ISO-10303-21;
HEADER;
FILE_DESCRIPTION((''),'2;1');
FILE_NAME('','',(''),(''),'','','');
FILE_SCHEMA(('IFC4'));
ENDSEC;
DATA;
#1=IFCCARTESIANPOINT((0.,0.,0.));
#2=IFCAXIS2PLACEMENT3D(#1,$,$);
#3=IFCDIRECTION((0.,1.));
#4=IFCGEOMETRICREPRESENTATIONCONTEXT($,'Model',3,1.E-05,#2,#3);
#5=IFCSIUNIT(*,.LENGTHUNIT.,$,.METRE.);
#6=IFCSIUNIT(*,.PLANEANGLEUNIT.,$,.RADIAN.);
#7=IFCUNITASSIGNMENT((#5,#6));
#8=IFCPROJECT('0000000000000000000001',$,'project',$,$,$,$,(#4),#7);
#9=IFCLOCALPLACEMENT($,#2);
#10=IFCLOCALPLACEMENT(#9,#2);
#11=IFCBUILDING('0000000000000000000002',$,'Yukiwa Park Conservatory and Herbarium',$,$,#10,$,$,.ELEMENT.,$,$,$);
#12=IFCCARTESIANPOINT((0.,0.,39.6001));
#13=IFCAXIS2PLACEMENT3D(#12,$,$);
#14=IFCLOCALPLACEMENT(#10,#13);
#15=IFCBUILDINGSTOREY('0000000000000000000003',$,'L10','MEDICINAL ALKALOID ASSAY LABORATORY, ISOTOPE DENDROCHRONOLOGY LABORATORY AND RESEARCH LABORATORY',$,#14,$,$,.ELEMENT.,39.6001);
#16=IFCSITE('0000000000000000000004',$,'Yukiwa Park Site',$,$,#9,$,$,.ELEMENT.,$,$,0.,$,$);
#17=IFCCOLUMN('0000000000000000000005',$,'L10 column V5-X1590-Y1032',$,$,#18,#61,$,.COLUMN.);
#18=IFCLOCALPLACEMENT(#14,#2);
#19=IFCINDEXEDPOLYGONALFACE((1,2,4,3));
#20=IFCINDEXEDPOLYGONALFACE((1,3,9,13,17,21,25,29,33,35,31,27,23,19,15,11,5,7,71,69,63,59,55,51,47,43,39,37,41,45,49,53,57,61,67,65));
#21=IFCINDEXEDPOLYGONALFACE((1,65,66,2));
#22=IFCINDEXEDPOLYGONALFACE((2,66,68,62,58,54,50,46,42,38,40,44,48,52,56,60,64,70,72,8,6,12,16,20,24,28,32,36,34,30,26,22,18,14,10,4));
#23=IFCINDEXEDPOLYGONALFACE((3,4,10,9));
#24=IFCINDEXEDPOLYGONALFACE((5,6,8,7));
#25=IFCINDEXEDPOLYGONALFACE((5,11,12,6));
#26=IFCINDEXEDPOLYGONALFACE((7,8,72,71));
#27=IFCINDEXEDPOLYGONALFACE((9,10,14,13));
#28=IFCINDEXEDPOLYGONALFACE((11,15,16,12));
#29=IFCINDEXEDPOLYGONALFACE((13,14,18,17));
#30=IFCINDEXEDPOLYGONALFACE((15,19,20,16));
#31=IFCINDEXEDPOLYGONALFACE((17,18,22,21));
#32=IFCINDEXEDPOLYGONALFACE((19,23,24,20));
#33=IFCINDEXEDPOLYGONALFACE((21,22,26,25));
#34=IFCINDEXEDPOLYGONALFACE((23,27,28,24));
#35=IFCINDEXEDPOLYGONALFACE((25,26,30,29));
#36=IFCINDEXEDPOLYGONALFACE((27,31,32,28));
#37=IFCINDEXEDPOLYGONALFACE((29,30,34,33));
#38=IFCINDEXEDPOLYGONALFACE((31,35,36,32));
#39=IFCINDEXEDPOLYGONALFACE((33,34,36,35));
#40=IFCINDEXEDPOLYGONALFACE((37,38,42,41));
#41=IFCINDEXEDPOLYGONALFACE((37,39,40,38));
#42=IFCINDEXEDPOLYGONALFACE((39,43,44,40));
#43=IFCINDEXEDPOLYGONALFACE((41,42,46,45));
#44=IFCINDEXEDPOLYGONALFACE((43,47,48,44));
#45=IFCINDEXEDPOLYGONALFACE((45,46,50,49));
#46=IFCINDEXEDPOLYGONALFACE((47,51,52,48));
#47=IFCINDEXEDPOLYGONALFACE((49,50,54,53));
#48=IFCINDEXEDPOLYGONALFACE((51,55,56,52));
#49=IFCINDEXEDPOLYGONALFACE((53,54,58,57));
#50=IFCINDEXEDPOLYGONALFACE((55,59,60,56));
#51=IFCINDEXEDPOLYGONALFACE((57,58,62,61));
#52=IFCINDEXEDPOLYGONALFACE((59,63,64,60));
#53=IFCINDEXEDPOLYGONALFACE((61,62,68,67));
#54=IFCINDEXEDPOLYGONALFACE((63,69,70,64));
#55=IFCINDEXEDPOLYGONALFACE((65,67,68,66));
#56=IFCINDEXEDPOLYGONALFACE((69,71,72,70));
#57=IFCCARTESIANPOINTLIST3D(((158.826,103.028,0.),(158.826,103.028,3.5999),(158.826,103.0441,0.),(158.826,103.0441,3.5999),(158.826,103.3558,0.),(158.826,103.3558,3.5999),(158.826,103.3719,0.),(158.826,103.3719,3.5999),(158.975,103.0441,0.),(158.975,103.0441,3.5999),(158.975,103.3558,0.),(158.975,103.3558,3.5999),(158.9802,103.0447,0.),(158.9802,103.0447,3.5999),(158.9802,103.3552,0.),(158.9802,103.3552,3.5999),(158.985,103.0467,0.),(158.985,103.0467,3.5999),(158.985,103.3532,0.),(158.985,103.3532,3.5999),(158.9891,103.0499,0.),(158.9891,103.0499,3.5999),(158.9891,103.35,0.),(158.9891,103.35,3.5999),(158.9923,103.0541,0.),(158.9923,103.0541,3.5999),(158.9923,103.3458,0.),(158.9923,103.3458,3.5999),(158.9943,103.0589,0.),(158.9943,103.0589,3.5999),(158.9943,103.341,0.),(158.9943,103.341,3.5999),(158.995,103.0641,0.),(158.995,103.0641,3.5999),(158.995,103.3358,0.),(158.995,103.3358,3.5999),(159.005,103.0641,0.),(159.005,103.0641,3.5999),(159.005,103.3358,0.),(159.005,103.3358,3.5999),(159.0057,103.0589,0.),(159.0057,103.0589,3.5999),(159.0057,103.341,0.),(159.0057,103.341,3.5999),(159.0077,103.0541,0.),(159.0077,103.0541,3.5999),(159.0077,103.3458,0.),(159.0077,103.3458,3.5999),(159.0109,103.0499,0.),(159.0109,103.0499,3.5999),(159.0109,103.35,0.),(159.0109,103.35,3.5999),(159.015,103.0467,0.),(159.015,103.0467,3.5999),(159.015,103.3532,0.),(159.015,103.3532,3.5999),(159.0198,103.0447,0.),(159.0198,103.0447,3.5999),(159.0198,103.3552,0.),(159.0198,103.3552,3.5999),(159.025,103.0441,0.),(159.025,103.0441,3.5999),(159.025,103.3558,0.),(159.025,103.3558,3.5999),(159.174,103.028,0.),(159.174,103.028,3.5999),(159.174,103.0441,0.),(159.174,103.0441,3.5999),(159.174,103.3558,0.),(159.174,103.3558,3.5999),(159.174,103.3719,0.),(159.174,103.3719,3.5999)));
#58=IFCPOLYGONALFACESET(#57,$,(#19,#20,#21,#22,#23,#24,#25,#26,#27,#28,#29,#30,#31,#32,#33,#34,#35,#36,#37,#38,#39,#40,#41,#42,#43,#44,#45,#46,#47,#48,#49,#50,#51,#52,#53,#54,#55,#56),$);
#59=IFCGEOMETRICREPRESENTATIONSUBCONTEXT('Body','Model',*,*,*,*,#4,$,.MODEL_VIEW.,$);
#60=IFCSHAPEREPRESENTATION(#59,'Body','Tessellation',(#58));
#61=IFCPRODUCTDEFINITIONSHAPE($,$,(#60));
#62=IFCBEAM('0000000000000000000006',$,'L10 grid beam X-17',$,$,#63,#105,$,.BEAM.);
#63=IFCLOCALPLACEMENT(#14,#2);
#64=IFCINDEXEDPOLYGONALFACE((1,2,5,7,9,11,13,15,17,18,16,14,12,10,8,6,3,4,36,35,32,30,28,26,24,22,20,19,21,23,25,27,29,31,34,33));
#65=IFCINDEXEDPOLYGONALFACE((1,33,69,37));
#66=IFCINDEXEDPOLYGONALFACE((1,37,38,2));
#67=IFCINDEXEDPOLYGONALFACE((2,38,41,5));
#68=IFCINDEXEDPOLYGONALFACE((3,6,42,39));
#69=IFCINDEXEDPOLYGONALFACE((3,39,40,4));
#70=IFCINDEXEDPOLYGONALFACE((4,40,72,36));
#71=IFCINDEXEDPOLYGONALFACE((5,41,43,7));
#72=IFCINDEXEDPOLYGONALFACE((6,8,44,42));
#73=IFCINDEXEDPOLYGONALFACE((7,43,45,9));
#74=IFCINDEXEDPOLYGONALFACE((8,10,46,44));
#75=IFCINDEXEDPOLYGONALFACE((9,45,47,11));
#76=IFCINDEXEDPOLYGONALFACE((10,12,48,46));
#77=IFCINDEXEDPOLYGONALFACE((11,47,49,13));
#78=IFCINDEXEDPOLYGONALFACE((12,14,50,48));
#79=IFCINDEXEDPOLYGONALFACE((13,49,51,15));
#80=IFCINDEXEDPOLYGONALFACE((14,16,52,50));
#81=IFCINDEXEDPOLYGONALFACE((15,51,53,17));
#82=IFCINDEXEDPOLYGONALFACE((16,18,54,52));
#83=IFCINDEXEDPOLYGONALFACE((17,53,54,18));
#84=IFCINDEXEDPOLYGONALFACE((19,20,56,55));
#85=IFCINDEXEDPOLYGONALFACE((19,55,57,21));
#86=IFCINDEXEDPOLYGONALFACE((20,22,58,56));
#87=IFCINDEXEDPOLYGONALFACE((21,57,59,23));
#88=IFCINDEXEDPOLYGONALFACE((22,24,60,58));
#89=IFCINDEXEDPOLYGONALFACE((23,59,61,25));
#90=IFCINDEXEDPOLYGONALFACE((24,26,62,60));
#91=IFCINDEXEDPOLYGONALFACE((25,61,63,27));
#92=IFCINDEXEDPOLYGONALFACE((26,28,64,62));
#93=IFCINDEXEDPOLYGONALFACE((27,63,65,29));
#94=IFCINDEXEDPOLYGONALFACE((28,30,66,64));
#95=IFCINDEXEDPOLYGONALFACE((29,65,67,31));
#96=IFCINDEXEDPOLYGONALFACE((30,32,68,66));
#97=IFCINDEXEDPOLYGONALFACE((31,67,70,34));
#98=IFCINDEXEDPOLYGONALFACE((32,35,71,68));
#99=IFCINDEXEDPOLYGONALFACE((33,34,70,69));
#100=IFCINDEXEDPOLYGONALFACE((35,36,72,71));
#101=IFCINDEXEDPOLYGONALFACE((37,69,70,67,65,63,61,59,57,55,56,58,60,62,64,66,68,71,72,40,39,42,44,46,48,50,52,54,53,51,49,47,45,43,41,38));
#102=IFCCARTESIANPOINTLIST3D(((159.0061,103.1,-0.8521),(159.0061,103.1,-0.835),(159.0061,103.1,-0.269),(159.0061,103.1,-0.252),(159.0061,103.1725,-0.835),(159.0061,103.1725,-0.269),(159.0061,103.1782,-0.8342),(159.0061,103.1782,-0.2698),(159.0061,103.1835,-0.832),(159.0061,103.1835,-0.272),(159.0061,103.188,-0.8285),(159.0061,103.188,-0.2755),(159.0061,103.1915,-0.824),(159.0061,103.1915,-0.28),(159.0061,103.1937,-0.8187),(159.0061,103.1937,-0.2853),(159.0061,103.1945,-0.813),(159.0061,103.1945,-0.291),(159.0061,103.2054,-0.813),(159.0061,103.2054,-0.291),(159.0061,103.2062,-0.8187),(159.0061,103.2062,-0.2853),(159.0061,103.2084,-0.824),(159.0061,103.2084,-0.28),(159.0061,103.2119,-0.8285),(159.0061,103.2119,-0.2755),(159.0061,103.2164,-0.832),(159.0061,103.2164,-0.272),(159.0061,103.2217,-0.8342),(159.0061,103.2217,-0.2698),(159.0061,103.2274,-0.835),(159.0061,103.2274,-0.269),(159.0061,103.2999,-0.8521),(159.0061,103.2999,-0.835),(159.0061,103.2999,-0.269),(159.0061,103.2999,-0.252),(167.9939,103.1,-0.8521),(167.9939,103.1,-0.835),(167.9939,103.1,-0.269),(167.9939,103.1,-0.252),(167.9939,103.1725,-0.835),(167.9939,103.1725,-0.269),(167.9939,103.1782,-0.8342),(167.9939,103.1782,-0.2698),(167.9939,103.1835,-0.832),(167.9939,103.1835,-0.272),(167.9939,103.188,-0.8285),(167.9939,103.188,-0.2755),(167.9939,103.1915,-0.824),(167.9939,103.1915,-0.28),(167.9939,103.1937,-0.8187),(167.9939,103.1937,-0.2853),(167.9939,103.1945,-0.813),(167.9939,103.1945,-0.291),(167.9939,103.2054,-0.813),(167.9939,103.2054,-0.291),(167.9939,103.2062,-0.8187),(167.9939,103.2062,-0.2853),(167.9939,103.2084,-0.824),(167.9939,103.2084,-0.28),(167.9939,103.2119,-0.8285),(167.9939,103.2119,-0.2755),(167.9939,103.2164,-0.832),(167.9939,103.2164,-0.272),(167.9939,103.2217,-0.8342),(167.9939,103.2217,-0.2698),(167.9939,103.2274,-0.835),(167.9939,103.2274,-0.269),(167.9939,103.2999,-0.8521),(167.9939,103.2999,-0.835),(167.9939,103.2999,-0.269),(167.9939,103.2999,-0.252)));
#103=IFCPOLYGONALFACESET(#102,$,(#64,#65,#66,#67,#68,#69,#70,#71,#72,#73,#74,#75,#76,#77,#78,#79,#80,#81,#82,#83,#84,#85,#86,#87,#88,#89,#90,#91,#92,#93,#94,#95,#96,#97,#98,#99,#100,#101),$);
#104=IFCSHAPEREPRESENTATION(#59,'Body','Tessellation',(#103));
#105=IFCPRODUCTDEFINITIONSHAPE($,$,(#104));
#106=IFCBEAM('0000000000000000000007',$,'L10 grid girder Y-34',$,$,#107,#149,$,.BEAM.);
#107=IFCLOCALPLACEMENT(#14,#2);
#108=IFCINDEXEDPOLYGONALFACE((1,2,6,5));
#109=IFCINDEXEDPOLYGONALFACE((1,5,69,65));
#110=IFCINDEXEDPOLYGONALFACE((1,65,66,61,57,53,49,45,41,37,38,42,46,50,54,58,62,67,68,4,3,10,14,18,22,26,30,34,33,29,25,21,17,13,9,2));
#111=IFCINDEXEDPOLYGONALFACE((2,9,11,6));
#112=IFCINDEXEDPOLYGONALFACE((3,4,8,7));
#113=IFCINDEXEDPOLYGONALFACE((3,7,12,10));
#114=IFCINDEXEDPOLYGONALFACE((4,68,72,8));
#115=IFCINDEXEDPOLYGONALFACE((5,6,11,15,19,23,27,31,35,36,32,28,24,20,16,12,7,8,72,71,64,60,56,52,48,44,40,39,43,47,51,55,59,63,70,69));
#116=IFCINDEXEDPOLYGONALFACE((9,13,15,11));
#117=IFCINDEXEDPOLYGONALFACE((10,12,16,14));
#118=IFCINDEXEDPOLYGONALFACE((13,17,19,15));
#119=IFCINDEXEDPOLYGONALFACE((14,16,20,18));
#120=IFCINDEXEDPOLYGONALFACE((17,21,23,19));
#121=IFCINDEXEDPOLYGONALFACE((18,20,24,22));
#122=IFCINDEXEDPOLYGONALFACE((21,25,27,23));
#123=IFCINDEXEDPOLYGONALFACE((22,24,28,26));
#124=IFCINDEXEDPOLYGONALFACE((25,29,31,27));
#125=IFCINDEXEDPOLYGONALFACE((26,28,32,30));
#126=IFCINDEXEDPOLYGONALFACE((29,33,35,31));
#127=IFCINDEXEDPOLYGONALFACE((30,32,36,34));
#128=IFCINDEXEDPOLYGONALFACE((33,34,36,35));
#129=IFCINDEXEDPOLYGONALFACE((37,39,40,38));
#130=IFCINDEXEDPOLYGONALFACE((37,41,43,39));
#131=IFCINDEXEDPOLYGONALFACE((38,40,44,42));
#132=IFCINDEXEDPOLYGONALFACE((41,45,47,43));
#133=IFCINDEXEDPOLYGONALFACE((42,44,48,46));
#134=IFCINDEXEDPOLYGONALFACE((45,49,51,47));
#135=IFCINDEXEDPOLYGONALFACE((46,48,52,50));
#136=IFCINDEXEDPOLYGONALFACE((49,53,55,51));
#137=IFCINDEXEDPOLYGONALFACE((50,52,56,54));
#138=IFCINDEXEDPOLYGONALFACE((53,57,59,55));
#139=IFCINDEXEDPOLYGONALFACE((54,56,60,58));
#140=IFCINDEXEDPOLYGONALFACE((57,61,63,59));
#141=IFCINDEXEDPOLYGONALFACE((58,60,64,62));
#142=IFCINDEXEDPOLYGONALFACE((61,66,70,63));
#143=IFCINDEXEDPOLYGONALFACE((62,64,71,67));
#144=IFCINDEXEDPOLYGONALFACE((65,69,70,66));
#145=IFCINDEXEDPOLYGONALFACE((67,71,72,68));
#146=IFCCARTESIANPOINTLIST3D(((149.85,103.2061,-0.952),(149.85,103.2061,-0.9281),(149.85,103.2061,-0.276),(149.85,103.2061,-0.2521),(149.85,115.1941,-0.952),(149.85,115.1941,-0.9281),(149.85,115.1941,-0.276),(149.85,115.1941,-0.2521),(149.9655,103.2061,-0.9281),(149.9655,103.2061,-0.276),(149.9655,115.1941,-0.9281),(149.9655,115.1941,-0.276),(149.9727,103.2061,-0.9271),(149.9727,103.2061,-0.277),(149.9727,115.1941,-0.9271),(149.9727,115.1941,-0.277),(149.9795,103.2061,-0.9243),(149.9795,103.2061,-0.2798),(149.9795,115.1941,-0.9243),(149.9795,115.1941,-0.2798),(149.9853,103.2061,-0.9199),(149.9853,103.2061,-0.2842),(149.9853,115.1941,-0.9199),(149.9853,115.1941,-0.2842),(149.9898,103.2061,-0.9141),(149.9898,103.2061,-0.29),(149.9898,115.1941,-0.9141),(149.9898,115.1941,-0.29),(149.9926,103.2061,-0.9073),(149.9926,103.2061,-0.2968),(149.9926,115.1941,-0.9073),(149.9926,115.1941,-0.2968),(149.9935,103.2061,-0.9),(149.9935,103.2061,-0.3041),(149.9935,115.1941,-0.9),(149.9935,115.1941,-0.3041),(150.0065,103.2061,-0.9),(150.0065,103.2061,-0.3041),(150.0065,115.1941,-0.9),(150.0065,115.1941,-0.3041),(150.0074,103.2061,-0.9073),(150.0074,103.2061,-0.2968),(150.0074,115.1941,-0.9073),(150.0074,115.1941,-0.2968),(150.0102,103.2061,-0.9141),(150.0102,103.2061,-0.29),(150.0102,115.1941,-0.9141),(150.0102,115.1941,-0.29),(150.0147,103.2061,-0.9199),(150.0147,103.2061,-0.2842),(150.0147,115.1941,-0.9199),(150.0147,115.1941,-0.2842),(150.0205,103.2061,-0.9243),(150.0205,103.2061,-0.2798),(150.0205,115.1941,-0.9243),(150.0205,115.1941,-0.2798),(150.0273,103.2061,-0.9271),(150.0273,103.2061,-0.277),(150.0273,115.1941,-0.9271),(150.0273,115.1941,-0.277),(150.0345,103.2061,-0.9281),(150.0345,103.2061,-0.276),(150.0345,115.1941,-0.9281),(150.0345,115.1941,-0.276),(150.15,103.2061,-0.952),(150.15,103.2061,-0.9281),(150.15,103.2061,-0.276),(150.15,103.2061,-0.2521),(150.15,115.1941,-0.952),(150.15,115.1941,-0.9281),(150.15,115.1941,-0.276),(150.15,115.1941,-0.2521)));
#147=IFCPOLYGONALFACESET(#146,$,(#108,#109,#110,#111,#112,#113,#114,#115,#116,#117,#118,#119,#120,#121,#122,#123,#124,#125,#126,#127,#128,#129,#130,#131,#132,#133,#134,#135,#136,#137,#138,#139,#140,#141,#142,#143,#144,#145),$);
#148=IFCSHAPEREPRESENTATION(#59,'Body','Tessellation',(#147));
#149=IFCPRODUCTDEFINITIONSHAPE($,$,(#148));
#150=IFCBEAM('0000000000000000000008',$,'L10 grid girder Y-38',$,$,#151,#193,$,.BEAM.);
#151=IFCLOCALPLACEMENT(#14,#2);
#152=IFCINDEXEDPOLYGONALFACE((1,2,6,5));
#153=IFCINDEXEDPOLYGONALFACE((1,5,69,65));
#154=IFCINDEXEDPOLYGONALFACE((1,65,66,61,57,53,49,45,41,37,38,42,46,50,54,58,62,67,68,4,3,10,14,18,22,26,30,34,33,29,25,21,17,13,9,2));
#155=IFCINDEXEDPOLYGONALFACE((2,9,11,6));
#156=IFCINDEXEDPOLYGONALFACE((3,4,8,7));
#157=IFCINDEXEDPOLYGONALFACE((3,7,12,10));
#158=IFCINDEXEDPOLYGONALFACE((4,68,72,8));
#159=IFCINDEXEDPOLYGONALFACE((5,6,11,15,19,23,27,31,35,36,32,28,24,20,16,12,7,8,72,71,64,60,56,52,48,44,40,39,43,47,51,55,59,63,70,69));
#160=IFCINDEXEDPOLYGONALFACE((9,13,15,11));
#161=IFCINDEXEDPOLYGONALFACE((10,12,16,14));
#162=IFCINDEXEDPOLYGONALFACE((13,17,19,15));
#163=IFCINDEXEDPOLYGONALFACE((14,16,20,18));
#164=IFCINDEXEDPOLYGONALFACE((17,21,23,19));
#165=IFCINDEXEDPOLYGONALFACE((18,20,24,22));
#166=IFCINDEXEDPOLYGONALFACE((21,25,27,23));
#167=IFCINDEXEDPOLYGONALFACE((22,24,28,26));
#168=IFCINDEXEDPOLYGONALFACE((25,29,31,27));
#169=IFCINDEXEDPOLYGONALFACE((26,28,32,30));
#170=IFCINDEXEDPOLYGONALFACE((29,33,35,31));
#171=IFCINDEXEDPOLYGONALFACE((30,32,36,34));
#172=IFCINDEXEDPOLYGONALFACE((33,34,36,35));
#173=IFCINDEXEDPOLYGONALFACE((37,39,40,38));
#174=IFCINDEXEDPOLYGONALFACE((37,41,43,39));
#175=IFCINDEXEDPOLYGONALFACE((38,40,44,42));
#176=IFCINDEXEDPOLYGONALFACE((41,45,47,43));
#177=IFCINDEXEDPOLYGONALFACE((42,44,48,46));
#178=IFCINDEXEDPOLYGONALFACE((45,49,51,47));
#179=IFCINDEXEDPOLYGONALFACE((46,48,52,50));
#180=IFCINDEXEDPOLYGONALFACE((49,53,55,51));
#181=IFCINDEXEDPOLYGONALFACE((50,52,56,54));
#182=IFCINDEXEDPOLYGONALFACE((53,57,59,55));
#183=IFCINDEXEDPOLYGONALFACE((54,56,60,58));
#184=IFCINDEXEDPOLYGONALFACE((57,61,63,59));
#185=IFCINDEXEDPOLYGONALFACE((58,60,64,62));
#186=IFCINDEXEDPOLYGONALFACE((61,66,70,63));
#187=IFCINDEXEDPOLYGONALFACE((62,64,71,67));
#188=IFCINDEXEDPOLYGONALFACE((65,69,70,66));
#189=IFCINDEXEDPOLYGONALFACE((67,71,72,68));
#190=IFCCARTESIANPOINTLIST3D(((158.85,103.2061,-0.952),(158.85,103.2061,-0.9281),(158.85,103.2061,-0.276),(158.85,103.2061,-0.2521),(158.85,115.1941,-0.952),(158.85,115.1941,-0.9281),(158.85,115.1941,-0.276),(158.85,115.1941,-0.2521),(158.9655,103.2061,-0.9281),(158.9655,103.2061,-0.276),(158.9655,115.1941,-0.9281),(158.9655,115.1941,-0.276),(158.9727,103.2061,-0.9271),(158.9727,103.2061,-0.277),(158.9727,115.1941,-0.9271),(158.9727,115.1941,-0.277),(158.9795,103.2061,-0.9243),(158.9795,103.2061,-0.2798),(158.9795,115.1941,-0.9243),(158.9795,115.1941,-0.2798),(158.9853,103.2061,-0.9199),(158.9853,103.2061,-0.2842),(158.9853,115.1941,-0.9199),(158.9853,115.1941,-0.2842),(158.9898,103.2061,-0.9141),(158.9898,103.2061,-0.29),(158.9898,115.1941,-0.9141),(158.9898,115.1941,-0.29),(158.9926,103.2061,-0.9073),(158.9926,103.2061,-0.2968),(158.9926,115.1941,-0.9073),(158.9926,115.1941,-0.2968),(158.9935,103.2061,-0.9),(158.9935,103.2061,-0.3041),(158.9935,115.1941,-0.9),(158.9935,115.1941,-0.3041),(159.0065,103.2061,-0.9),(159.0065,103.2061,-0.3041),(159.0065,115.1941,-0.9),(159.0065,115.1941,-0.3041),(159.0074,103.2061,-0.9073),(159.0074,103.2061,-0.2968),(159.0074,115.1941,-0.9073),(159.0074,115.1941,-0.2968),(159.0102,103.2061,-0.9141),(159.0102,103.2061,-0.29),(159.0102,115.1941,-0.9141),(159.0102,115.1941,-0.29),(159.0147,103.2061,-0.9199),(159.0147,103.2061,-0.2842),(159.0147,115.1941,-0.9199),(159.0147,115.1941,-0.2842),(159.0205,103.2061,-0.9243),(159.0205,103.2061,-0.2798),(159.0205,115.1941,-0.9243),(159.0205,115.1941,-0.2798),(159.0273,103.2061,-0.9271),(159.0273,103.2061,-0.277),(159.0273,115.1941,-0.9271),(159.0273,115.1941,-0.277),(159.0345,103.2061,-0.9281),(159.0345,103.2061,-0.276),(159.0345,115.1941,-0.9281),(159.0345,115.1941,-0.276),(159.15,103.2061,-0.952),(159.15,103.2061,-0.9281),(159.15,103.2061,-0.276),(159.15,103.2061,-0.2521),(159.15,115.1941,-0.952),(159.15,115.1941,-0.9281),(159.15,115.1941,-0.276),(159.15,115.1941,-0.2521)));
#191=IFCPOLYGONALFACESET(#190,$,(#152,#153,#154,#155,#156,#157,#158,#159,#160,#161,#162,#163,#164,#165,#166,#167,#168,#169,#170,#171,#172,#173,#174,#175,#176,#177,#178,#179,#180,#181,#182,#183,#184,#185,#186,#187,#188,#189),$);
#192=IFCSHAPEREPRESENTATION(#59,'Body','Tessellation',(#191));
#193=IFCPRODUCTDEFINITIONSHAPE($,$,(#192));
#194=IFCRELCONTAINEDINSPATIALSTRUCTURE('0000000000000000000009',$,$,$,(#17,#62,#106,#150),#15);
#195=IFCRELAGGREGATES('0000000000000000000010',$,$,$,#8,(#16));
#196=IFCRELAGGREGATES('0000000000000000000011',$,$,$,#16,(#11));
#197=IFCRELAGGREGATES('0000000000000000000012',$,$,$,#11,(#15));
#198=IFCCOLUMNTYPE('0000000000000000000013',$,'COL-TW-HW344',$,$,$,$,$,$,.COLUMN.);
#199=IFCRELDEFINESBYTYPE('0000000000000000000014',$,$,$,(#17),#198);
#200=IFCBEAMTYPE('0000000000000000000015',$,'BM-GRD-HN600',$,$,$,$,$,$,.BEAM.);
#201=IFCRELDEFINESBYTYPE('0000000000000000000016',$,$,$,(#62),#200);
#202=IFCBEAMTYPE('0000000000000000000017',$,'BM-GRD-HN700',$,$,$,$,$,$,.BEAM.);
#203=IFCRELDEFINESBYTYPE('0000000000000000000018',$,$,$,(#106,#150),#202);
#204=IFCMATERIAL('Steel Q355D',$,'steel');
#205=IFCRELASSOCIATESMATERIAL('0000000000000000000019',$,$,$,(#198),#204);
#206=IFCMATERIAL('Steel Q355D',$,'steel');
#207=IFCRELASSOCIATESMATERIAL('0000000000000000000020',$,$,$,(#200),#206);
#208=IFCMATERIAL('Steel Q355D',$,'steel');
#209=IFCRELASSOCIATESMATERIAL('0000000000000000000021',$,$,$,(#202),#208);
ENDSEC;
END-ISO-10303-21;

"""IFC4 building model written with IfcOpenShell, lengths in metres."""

from ifc_helpers import new_model, si_unit, direction, frame, origin, origin_2d, place, context, subcontext, project, spatial, i_section, extrude, material, material_profile, profile_set, type_object, element, save


model = new_model("IFC4")

# Units and contexts
model_context = context("Model", 3, precision=1e-05, world=origin(), true_north=direction((0.0, 1.0)))
body_context = subcontext(model_context, "Body", "Model", "MODEL_VIEW")
ifc_project = project(units=[si_unit("LENGTHUNIT", "METRE"), si_unit("PLANEANGLEUNIT", "RADIAN")], contexts=[model_context])

# Site, building, storey
site_placement = place(None, origin())
site = spatial("IfcSite", under=ifc_project, at=site_placement, Name="Yukiwa Park Site", CompositionType="ELEMENT", RefElevation=0.0)
building_placement = place(site_placement, origin())
building = spatial("IfcBuilding", under=site, at=building_placement, Name="Yukiwa Park Conservatory and Herbarium", CompositionType="ELEMENT")
storey_placement = place(building_placement, frame((0.0, 0.0, 39.6001)))
storey = spatial("IfcBuildingStorey", under=building, at=storey_placement, Name="L10", Description="MEDICINAL ALKALOID ASSAY LABORATORY, ISOTOPE DENDROCHRONOLOGY LABORATORY AND RESEARCH LABORATORY", CompositionType="ELEMENT", Elevation=39.6001)

# Column
ifc_material_1 = material(Name="Steel Q355D", Category="steel")
ifc_material_profile_1 = material_profile(ifc_material_1, i_section(OverallWidth=0.3479, OverallDepth=0.344, WebThickness=0.01, FlangeThickness=0.0161, FilletRadius=0.02, at=origin_2d()), Name="HW 344x348x10x16")
ifc_profile_set_1 = profile_set([ifc_material_profile_1], Name="Steel Q355D")
column_type_1 = type_object("IfcColumnType", Name="COL-TW-HW344", PredefinedType="COLUMN", material=ifc_profile_set_1)
for number, where, z_axis, x_axis, name in (
    (1, (159.0, 103.2, 0.0), (0.0, 0.0, 1.0), (1.0, 0.0, 0.0), "L10 column V5-X1590-Y1032"),
):
    element("IfcColumn", number, at=place(storey_placement, frame(where, z_axis=z_axis, x_axis=x_axis)), inside=storey, type_object=column_type_1, Name=name, PredefinedType="COLUMN", context=body_context, shape_type="SweptSolid", body=[
        extrude(i_section(OverallWidth=0.3479, OverallDepth=0.344, WebThickness=0.01, FlangeThickness=0.0161, FilletRadius=0.02, at=origin_2d()), origin(), (0.0, 0.0, 1.0), 3.5999),
    ])

# Beams
ifc_material_2 = material(Name="Steel Q355D", Category="steel")
ifc_material_profile_2 = material_profile(ifc_material_2, i_section(OverallWidth=0.2, OverallDepth=0.6001, WebThickness=0.011, FlangeThickness=0.0171, FilletRadius=0.022, at=origin_2d()), Name="HN 600x200x11x17")
ifc_profile_set_2 = profile_set([ifc_material_profile_2], Name="Steel Q355D")
beam_type_1 = type_object("IfcBeamType", Name="BM-GRD-HN600", PredefinedType="BEAM", material=ifc_profile_set_2)
beam_1_placement = place(storey_placement, frame((159.0061, 103.2, -0.552), z_axis=(1.0, 0.0, 0.0), x_axis=(0.0, 1.0, 0.0)))
element("IfcBeam", 2, at=beam_1_placement, inside=storey, type_object=beam_type_1, Name="L10 grid beam X-17", PredefinedType="BEAM", context=body_context, shape_type="SweptSolid", body=[
    extrude(i_section(OverallWidth=0.2, OverallDepth=0.6001, WebThickness=0.011, FlangeThickness=0.0171, FilletRadius=0.022, at=origin_2d()), origin(), (0.0, 0.0, 1.0), 8.9878),
])
ifc_material_3 = material(Name="Steel Q355D", Category="steel")
ifc_material_profile_3 = material_profile(ifc_material_3, i_section(OverallWidth=0.3, OverallDepth=0.7, WebThickness=0.0129, FlangeThickness=0.0239, FilletRadius=0.0281, at=origin_2d()), Name="HN 700x300x13x24")
ifc_profile_set_3 = profile_set([ifc_material_profile_3], Name="Steel Q355D")
beam_type_2 = type_object("IfcBeamType", Name="BM-GRD-HN700", PredefinedType="BEAM", material=ifc_profile_set_3)
for number, where, z_axis, x_axis, name in (
    (3, (150.0, 103.2061, -0.6021), (0.0, 1.0, 0.0), (-1.0, 0.0, 0.0), "L10 grid girder Y-34"),
    (4, (159.0, 103.2061, -0.6021), (0.0, 1.0, 0.0), (-1.0, 0.0, 0.0), "L10 grid girder Y-38"),
):
    element("IfcBeam", number, at=place(storey_placement, frame(where, z_axis=z_axis, x_axis=x_axis)), inside=storey, type_object=beam_type_2, Name=name, PredefinedType="BEAM", context=body_context, shape_type="SweptSolid", body=[
        extrude(i_section(OverallWidth=0.3, OverallDepth=0.7, WebThickness=0.0129, FlangeThickness=0.0239, FilletRadius=0.0281, at=origin_2d()), origin(), (0.0, 0.0, 1.0), 11.988),
    ])

save(model, "model.ifc")
